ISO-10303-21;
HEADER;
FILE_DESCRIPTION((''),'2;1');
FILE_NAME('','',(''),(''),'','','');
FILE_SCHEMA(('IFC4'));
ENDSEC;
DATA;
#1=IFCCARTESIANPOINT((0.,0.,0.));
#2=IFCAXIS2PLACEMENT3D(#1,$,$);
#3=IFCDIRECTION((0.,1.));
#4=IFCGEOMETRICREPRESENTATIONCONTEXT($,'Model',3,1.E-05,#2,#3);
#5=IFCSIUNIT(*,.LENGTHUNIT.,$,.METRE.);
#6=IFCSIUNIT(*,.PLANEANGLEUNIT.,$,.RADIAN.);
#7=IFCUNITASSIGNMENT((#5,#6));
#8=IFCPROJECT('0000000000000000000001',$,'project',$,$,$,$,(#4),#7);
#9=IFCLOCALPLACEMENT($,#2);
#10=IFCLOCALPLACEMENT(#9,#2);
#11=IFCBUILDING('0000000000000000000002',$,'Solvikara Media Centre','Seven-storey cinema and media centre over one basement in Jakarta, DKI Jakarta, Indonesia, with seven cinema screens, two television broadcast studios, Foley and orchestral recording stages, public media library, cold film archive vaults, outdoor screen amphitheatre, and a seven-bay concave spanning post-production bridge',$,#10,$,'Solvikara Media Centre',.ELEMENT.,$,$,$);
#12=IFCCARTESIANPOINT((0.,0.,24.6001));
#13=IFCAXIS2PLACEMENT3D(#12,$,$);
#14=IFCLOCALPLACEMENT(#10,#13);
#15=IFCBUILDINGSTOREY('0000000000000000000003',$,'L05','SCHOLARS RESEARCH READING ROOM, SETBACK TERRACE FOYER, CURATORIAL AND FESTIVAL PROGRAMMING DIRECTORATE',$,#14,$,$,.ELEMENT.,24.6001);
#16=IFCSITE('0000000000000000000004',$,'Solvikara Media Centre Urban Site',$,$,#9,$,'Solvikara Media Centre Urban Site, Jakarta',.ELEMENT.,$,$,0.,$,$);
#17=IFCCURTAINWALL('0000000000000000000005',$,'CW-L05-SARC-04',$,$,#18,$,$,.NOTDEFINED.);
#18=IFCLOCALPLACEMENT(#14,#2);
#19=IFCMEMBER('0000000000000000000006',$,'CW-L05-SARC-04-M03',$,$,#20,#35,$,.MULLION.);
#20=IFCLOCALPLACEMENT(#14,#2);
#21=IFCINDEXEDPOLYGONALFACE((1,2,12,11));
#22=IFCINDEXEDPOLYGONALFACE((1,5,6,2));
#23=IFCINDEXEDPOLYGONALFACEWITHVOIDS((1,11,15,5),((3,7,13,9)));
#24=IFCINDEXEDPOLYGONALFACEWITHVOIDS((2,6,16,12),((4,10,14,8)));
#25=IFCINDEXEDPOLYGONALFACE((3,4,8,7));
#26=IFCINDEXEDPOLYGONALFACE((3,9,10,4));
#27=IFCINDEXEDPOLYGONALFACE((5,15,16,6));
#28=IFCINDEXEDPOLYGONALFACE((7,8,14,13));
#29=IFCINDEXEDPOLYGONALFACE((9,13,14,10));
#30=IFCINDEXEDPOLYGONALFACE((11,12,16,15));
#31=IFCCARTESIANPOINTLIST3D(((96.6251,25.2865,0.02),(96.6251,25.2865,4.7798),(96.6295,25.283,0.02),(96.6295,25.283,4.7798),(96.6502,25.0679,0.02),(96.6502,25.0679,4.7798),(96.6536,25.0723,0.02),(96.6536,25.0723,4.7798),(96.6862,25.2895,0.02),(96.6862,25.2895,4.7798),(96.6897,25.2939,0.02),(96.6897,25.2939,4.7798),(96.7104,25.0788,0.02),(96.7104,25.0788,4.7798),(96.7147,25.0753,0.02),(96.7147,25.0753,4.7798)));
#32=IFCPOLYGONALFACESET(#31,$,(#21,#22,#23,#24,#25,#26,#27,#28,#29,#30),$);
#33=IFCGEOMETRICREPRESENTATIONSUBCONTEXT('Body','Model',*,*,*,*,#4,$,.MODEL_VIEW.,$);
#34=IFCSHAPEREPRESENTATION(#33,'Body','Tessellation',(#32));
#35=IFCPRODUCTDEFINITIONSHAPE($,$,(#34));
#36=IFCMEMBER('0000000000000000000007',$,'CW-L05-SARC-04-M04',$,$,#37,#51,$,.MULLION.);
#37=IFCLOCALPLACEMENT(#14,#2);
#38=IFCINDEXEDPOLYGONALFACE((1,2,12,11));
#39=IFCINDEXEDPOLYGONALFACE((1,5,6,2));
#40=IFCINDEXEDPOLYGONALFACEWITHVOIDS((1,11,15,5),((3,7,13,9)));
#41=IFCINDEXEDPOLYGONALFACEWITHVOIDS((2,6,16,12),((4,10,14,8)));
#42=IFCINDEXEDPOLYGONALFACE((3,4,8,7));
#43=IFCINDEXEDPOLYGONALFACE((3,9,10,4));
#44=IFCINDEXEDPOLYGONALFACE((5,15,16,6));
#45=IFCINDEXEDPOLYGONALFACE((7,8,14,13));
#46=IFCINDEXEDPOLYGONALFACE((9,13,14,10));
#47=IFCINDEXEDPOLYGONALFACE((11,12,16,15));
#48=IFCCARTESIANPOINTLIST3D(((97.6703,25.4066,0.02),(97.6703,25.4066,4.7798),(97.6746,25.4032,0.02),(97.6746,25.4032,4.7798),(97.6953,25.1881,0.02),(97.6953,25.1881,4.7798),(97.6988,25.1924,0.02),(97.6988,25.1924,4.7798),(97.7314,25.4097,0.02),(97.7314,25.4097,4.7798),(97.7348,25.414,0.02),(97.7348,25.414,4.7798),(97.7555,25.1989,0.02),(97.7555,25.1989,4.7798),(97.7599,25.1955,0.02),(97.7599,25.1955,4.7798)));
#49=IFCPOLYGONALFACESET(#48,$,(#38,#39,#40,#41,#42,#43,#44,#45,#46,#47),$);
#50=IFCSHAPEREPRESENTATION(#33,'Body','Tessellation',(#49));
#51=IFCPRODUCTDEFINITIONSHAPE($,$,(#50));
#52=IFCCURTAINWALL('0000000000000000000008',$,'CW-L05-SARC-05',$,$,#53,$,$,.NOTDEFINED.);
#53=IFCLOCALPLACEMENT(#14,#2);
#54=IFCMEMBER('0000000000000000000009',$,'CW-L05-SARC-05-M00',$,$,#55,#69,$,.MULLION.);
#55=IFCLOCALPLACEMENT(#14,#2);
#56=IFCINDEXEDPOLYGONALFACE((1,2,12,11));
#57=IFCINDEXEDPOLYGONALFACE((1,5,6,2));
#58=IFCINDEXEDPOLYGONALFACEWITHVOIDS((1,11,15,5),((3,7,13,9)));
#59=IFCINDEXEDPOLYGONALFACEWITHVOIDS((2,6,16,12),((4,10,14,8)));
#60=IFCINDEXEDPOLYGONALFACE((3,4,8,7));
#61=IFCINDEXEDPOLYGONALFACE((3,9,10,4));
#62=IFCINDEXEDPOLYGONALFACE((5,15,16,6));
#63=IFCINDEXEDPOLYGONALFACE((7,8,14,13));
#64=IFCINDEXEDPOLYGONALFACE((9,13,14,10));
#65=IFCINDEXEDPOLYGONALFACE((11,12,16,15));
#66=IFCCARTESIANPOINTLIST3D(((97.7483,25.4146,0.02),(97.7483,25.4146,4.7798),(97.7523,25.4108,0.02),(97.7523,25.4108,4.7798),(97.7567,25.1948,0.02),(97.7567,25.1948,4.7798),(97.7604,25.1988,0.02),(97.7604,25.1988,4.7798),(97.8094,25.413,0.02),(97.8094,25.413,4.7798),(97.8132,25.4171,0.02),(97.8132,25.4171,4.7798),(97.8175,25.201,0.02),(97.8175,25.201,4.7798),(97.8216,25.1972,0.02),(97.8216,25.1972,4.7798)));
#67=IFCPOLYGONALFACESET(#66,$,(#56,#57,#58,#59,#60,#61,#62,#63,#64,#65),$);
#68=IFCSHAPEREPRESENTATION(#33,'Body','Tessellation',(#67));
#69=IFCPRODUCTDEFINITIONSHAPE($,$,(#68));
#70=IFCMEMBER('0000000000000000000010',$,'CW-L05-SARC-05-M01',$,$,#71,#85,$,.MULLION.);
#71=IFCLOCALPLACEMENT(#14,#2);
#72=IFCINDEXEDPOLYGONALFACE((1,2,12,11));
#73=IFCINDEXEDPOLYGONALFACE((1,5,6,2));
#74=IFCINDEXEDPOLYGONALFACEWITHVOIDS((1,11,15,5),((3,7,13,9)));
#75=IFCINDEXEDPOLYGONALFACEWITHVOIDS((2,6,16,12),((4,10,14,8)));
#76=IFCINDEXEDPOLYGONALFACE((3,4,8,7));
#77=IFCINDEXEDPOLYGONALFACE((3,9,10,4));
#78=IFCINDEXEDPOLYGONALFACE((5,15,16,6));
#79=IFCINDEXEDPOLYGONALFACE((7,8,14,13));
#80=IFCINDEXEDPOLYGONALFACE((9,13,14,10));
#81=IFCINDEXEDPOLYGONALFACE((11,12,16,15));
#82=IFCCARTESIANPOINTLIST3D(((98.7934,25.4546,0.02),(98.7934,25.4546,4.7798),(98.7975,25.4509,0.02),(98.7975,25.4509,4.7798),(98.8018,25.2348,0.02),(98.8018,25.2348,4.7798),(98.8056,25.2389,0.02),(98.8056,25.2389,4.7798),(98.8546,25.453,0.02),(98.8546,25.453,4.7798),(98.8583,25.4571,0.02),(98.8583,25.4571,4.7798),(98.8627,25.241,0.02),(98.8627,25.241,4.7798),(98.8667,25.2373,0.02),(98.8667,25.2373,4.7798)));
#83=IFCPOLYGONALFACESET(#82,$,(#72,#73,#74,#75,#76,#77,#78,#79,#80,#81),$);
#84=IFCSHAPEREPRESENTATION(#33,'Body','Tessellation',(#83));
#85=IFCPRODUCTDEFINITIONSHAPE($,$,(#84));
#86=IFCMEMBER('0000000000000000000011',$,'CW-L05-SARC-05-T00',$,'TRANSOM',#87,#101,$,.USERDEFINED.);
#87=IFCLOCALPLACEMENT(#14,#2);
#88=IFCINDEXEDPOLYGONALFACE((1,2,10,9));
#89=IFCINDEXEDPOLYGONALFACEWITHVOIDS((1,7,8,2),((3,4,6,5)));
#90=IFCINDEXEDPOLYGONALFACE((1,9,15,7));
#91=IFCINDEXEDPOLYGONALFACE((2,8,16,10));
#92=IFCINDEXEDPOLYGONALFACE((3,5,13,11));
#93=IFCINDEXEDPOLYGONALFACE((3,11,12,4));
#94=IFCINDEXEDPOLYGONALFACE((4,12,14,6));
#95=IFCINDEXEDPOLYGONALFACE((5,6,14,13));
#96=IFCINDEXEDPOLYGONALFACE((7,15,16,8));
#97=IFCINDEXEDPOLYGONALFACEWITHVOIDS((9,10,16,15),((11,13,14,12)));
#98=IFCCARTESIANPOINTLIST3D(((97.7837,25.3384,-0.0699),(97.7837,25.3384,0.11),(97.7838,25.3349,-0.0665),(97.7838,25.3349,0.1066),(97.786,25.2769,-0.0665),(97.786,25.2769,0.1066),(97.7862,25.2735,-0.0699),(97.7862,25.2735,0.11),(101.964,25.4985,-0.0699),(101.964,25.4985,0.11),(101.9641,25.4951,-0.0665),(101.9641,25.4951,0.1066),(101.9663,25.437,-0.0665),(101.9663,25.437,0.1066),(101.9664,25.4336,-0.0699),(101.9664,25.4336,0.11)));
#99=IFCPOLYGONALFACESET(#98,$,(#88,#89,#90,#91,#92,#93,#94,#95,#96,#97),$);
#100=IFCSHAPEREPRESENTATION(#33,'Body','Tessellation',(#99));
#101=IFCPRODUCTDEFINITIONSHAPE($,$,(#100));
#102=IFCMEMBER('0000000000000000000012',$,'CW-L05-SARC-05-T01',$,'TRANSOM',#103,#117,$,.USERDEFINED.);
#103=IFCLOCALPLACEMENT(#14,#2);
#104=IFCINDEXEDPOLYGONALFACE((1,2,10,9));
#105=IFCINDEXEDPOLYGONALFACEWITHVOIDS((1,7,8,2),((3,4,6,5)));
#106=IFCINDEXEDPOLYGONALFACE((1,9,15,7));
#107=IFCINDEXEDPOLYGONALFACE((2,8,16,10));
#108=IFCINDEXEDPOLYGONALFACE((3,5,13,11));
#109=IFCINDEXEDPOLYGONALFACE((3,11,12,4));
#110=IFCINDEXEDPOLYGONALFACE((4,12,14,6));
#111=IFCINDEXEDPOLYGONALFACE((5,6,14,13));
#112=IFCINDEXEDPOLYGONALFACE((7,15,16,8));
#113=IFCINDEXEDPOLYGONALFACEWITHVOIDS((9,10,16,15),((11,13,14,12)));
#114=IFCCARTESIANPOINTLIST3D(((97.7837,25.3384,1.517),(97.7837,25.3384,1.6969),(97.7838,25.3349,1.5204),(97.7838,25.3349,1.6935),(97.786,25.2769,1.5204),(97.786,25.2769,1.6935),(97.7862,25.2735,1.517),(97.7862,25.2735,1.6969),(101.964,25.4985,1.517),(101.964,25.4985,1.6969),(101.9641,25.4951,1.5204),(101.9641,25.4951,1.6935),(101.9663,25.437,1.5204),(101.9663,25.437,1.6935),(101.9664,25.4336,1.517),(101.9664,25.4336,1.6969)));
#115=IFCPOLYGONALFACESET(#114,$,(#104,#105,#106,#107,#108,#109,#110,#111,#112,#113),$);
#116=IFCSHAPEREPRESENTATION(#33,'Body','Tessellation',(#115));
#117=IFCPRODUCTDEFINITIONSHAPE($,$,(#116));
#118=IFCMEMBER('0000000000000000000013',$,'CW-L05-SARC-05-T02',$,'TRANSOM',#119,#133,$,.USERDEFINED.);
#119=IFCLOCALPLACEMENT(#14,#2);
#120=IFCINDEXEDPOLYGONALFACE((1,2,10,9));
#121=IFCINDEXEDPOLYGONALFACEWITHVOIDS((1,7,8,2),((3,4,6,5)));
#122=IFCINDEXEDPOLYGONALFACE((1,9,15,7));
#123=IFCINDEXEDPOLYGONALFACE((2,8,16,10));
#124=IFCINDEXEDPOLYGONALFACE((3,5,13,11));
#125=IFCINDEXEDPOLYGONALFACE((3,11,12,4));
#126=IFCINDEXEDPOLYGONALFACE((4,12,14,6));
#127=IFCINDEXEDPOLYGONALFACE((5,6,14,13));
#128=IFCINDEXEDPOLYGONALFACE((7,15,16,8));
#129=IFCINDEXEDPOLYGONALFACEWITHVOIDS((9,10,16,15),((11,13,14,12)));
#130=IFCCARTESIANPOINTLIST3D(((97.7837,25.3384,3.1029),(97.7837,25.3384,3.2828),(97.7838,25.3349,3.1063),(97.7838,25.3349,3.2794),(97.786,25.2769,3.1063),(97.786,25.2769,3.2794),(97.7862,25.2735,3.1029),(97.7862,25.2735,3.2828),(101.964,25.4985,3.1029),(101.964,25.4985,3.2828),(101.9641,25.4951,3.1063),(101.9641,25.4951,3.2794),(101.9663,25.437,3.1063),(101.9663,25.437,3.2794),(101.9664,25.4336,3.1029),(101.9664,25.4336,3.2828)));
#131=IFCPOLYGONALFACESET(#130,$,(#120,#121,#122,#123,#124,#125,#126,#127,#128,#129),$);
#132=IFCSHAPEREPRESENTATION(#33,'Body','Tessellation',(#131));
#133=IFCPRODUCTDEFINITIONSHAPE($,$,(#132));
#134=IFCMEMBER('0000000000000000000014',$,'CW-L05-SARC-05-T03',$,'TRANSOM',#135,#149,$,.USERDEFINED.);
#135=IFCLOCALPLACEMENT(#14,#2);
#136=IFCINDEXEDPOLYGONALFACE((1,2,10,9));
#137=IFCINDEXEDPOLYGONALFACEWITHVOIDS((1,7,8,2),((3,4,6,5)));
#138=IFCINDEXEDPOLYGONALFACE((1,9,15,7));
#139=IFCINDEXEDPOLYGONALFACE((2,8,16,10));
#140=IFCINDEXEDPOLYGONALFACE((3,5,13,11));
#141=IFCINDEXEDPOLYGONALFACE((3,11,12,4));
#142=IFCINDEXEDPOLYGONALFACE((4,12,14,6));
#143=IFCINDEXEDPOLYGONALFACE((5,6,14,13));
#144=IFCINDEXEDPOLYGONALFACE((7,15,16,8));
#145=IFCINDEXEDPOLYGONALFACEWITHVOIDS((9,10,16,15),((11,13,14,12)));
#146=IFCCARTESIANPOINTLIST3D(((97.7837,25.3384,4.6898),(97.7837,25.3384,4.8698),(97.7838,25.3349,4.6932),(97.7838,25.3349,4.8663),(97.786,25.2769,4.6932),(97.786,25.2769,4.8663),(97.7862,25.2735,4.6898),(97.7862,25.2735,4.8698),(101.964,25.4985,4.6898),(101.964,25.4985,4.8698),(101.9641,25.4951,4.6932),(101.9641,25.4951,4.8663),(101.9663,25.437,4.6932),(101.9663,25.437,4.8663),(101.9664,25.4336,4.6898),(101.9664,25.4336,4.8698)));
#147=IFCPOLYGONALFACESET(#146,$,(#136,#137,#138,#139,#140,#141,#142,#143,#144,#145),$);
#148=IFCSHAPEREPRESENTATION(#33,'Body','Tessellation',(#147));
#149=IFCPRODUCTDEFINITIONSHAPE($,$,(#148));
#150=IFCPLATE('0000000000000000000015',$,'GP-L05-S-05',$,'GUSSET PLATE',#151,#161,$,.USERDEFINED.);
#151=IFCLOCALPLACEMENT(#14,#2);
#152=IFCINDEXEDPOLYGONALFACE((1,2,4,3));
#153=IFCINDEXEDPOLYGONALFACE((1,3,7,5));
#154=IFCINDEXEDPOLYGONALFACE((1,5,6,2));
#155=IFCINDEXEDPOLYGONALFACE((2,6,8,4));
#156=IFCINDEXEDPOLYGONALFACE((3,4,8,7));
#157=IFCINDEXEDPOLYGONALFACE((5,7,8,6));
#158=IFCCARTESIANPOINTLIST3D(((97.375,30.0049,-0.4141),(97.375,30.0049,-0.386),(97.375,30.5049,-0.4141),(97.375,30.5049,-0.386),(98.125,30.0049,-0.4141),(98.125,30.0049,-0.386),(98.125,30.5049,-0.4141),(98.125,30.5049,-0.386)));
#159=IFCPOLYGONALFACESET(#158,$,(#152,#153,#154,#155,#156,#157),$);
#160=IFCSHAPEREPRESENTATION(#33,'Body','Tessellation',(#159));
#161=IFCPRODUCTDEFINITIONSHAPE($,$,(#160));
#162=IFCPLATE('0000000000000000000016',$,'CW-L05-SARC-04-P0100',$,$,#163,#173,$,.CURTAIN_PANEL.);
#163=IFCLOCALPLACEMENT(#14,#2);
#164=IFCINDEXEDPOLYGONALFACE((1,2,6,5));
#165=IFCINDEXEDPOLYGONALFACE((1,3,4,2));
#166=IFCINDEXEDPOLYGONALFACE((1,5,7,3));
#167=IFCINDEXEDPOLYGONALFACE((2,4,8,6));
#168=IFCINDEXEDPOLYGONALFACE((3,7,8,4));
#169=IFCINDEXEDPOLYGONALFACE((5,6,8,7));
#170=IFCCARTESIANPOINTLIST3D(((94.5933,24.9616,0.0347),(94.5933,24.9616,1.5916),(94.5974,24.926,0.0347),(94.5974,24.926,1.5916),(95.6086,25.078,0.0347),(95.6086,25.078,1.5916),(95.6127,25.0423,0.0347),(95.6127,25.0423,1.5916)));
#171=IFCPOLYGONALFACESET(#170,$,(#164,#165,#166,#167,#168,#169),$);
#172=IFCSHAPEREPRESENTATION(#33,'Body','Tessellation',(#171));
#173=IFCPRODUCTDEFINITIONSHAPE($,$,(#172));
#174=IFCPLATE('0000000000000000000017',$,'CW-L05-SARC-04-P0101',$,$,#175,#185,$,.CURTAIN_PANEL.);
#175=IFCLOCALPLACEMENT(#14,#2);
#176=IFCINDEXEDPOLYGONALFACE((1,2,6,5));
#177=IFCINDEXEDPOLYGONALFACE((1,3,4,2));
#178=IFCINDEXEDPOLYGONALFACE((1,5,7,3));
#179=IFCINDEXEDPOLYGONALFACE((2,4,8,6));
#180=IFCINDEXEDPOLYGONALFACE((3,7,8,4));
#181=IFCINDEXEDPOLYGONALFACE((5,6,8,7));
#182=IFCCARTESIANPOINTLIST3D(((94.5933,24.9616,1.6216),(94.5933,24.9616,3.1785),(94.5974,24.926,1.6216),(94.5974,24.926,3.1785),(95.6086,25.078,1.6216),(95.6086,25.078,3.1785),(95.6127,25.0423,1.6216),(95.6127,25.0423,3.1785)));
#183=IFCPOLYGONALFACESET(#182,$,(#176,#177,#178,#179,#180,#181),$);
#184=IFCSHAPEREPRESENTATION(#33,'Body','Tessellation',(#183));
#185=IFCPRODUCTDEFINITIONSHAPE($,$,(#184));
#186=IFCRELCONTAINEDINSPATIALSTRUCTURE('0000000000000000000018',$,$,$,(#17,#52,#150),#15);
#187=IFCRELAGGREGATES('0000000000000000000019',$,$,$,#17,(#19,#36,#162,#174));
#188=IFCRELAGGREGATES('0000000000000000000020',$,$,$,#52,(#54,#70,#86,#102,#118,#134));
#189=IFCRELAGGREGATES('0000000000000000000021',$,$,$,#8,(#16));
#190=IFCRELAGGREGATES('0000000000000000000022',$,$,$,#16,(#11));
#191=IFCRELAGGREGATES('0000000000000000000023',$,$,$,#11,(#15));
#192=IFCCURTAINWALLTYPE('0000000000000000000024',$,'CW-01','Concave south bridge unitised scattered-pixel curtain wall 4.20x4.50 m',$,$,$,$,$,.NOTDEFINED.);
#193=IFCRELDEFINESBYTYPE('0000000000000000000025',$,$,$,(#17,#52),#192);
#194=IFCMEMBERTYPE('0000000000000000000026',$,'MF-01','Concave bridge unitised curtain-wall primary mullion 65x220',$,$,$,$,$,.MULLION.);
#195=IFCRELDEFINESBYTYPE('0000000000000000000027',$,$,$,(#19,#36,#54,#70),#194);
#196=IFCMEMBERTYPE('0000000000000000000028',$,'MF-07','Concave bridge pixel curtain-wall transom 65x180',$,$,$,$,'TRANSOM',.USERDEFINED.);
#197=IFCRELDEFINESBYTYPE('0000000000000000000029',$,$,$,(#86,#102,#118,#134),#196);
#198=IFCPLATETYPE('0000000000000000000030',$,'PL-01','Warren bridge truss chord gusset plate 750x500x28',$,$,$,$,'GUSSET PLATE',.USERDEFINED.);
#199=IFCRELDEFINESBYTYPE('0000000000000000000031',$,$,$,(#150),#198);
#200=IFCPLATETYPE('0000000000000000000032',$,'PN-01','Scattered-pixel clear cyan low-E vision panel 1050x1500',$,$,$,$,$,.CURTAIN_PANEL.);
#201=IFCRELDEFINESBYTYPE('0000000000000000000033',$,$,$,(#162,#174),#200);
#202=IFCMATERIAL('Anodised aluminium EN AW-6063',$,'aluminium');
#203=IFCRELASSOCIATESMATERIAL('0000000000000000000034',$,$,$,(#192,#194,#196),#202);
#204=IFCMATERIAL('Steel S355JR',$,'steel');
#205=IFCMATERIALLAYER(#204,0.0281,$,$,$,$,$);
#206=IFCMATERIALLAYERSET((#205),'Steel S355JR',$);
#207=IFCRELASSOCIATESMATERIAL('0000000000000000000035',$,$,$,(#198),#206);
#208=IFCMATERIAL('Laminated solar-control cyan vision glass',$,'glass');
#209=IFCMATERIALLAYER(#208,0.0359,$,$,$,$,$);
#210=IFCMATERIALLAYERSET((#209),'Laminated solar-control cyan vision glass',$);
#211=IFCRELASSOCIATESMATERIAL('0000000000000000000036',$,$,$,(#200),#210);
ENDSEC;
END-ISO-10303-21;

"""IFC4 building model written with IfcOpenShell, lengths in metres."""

from ifc_helpers import new_model, si_unit, direction, frame, origin, origin_2d, place, context, subcontext, project, spatial, rectangle, hollow_rectangle, extrude, material, layer, layer_set, material_profile, profile_set, type_object, element, aggregate, save


model = new_model("IFC4")

# Units and contexts
model_context = context("Model", 3, precision=1e-05, world=origin(), true_north=direction((0.0, 1.0)))
body_context = subcontext(model_context, "Body", "Model", "MODEL_VIEW")
ifc_project = project(units=[si_unit("LENGTHUNIT", "METRE"), si_unit("PLANEANGLEUNIT", "RADIAN")], contexts=[model_context])

# Site, building, storey
site_placement = place(None, origin())
site = spatial("IfcSite", under=ifc_project, at=site_placement, Name="Solvikara Media Centre Urban Site", LongName="Solvikara Media Centre Urban Site, Jakarta", CompositionType="ELEMENT", RefElevation=0.0)
building_placement = place(site_placement, origin())
building = spatial("IfcBuilding", under=site, at=building_placement, Name="Solvikara Media Centre", Description="Seven-storey cinema and media centre over one basement in Jakarta, DKI Jakarta, Indonesia, with seven cinema screens, two television broadcast studios, Foley and orchestral recording stages, public media library, cold film archive vaults, outdoor screen amphitheatre, and a seven-bay concave spanning post-production bridge", LongName="Solvikara Media Centre", CompositionType="ELEMENT")
storey_placement = place(building_placement, frame((0.0, 0.0, 24.6001)))
storey = spatial("IfcBuildingStorey", under=building, at=storey_placement, Name="L05", Description="SCHOLARS RESEARCH READING ROOM, SETBACK TERRACE FOYER, CURATORIAL AND FESTIVAL PROGRAMMING DIRECTORATE", CompositionType="ELEMENT", Elevation=24.6001)

# Shared definitions
ifc_material_1 = material(Name="Steel S355JR", Category="steel")

# Curtain walls, members
ifc_material_2 = material(Name="Anodised aluminium EN AW-6063", Category="aluminium")
curtain_wall_type = type_object("IfcCurtainWallType", Name="CW-01", Description="Concave south bridge unitised scattered-pixel curtain wall 4.20x4.50 m", PredefinedType="NOTDEFINED", material=ifc_material_2)
curtain_wall_1_placement = place(storey_placement, origin())
curtain_wall_1 = element("IfcCurtainWall", 1, at=curtain_wall_1_placement, inside=storey, type_object=curtain_wall_type, Name="CW-L05-SARC-04", PredefinedType="NOTDEFINED")
ifc_material_profile_1 = material_profile(ifc_material_2, hollow_rectangle(XDim=0.0649, YDim=0.22, WallThickness=0.0039, at=origin_2d()), Name="ALU-M 65x220x4")
ifc_profile_set_1 = profile_set([ifc_material_profile_1], Name="Anodised aluminium EN AW-6063")
member_type_1 = type_object("IfcMemberType", Name="MF-01", Description="Concave bridge unitised curtain-wall primary mullion 65x220", PredefinedType="MULLION", material=ifc_profile_set_1)
member_1_placement = place(storey_placement, frame((96.6699, 25.1809, 0.02), z_axis=(0.0, 0.0, 1.0), x_axis=(0.993499, 0.113845, 0.0)))
member_1 = element("IfcMember", 2, at=member_1_placement, type_object=member_type_1, Name="CW-L05-SARC-04-M03", PredefinedType="MULLION", context=body_context, shape_type="SweptSolid", body=[
    extrude(hollow_rectangle(XDim=0.0649, YDim=0.22, WallThickness=0.0039, at=origin_2d()), origin(), (0.0, 0.0, 1.0), 4.7598),
])
member_2_placement = place(storey_placement, frame((97.7151, 25.301, 0.02), z_axis=(0.0, 0.0, 1.0), x_axis=(0.993499, 0.113845, 0.0)))
member_2 = element("IfcMember", 3, at=member_2_placement, type_object=member_type_1, Name="CW-L05-SARC-04-M04", PredefinedType="MULLION", context=body_context, shape_type="SweptSolid", body=[
    extrude(hollow_rectangle(XDim=0.0649, YDim=0.22, WallThickness=0.0039, at=origin_2d()), origin(), (0.0, 0.0, 1.0), 4.7598),
])
curtain_wall_2_placement = place(storey_placement, origin())
curtain_wall_2 = element("IfcCurtainWall", 4, at=curtain_wall_2_placement, inside=storey, type_object=curtain_wall_type, Name="CW-L05-SARC-05", PredefinedType="NOTDEFINED")
member_3_placement = place(storey_placement, frame((97.7849, 25.3059, 0.02), z_axis=(0.0, 0.0, 1.0), x_axis=(0.999268, 0.038248, 0.0)))
member_3 = element("IfcMember", 5, at=member_3_placement, type_object=member_type_1, Name="CW-L05-SARC-05-M00", PredefinedType="MULLION", context=body_context, shape_type="SweptSolid", body=[
    extrude(hollow_rectangle(XDim=0.0649, YDim=0.22, WallThickness=0.0039, at=origin_2d()), origin(), (0.0, 0.0, 1.0), 4.7598),
])
member_4_placement = place(storey_placement, frame((98.8301, 25.3459, 0.02), z_axis=(0.0, 0.0, 1.0), x_axis=(0.999268, 0.038248, 0.0)))
member_4 = element("IfcMember", 6, at=member_4_placement, type_object=member_type_1, Name="CW-L05-SARC-05-M01", PredefinedType="MULLION", context=body_context, shape_type="SweptSolid", body=[
    extrude(hollow_rectangle(XDim=0.0649, YDim=0.22, WallThickness=0.0039, at=origin_2d()), origin(), (0.0, 0.0, 1.0), 4.7598),
])
ifc_material_profile_2 = material_profile(ifc_material_2, hollow_rectangle(XDim=0.0649, YDim=0.1799, WallThickness=0.0034, at=origin_2d()), Name="ALU-T 65x180x3.5")
ifc_profile_set_2 = profile_set([ifc_material_profile_2], Name="Anodised aluminium EN AW-6063")
member_type_2 = type_object("IfcMemberType", Name="MF-07", Description="Concave bridge pixel curtain-wall transom 65x180", ElementType="TRANSOM", PredefinedType="USERDEFINED", material=ifc_profile_set_2)
member_5_placement = place(storey_placement, frame((97.7849, 25.3059, 0.02), z_axis=(0.999267, 0.038285, 0.0), x_axis=(-0.038285, 0.999267, 0.0)))
member_5 = element("IfcMember", 7, at=member_5_placement, type_object=member_type_2, Name="CW-L05-SARC-05-T00", ObjectType="TRANSOM", PredefinedType="USERDEFINED", context=body_context, shape_type="SweptSolid", body=[
    extrude(hollow_rectangle(XDim=0.0649, YDim=0.1799, WallThickness=0.0034, at=origin_2d()), origin(), (0.0, 0.0, 1.0), 4.1833),
])
member_6_placement = place(storey_placement, frame((97.7849, 25.3059, 1.6069), z_axis=(0.999267, 0.038285, 0.0), x_axis=(-0.038285, 0.999267, 0.0)))
member_6 = element("IfcMember", 8, at=member_6_placement, type_object=member_type_2, Name="CW-L05-SARC-05-T01", ObjectType="TRANSOM", PredefinedType="USERDEFINED", context=body_context, shape_type="SweptSolid", body=[
    extrude(hollow_rectangle(XDim=0.0649, YDim=0.1799, WallThickness=0.0034, at=origin_2d()), origin(), (0.0, 0.0, 1.0), 4.1833),
])
member_7_placement = place(storey_placement, frame((97.7849, 25.3059, 3.1929), z_axis=(0.999267, 0.038285, 0.0), x_axis=(-0.038285, 0.999267, 0.0)))
member_7 = element("IfcMember", 9, at=member_7_placement, type_object=member_type_2, Name="CW-L05-SARC-05-T02", ObjectType="TRANSOM", PredefinedType="USERDEFINED", context=body_context, shape_type="SweptSolid", body=[
    extrude(hollow_rectangle(XDim=0.0649, YDim=0.1799, WallThickness=0.0034, at=origin_2d()), origin(), (0.0, 0.0, 1.0), 4.1833),
])
member_8_placement = place(storey_placement, frame((97.7849, 25.3059, 4.7798), z_axis=(0.999267, 0.038285, 0.0), x_axis=(-0.038285, 0.999267, 0.0)))
member_8 = element("IfcMember", 10, at=member_8_placement, type_object=member_type_2, Name="CW-L05-SARC-05-T03", ObjectType="TRANSOM", PredefinedType="USERDEFINED", context=body_context, shape_type="SweptSolid", body=[
    extrude(hollow_rectangle(XDim=0.0649, YDim=0.1799, WallThickness=0.0034, at=origin_2d()), origin(), (0.0, 0.0, 1.0), 4.1833),
])

# Plates
ifc_layer_1 = layer(ifc_material_1, 0.0281)
ifc_layer_set_1 = layer_set([ifc_layer_1], Name="Steel S355JR")
plate_type_1 = type_object("IfcPlateType", Name="PL-01", Description="Warren bridge truss chord gusset plate 750x500x28", ElementType="GUSSET PLATE", PredefinedType="USERDEFINED", material=ifc_layer_set_1)
plate_1_placement = place(storey_placement, frame((97.75, 30.2549, -0.4141), z_axis=(0.0, 0.0, 1.0), x_axis=(1.0, 0.0, 0.0)))
element("IfcPlate", 11, at=plate_1_placement, inside=storey, type_object=plate_type_1, Name="GP-L05-S-05", ObjectType="GUSSET PLATE", PredefinedType="USERDEFINED", context=body_context, shape_type="SweptSolid", body=[
    extrude(rectangle(XDim=0.75, YDim=0.5, at=origin_2d()), origin(), (0.0, 0.0, 1.0), 0.0281),
])
ifc_material_3 = material(Name="Laminated solar-control cyan vision glass", Category="glass")
ifc_layer_2 = layer(ifc_material_3, 0.0359)
ifc_layer_set_2 = layer_set([ifc_layer_2], Name="Laminated solar-control cyan vision glass")
plate_type_2 = type_object("IfcPlateType", Name="PN-01", Description="Scattered-pixel clear cyan low-E vision panel 1050x1500", PredefinedType="CURTAIN_PANEL", material=ifc_layer_set_2)
plate_2_placement = place(storey_placement, frame((95.103, 25.002, 0.0347), z_axis=(0.0, 0.0, 1.0), x_axis=(0.993499, 0.113845, 0.0)))
plate_2 = element("IfcPlate", 12, at=plate_2_placement, type_object=plate_type_2, Name="CW-L05-SARC-04-P0100", PredefinedType="CURTAIN_PANEL", context=body_context, shape_type="SweptSolid", body=[
    extrude(rectangle(XDim=1.022, YDim=0.0359, at=origin_2d()), origin(), (0.0, 0.0, 1.0), 1.5569),
])
plate_3_placement = place(storey_placement, frame((95.103, 25.002, 1.6216), z_axis=(0.0, 0.0, 1.0), x_axis=(0.993499, 0.113845, 0.0)))
plate_3 = element("IfcPlate", 13, at=plate_3_placement, type_object=plate_type_2, Name="CW-L05-SARC-04-P0101", PredefinedType="CURTAIN_PANEL", context=body_context, shape_type="SweptSolid", body=[
    extrude(rectangle(XDim=1.022, YDim=0.0359, at=origin_2d()), origin(), (0.0, 0.0, 1.0), 1.5569),
])
aggregate(curtain_wall_1, [member_1, member_2, plate_2, plate_3])
aggregate(curtain_wall_2, [member_3, member_4, member_5, member_6, member_7, member_8])

save(model, "model.ifc")
